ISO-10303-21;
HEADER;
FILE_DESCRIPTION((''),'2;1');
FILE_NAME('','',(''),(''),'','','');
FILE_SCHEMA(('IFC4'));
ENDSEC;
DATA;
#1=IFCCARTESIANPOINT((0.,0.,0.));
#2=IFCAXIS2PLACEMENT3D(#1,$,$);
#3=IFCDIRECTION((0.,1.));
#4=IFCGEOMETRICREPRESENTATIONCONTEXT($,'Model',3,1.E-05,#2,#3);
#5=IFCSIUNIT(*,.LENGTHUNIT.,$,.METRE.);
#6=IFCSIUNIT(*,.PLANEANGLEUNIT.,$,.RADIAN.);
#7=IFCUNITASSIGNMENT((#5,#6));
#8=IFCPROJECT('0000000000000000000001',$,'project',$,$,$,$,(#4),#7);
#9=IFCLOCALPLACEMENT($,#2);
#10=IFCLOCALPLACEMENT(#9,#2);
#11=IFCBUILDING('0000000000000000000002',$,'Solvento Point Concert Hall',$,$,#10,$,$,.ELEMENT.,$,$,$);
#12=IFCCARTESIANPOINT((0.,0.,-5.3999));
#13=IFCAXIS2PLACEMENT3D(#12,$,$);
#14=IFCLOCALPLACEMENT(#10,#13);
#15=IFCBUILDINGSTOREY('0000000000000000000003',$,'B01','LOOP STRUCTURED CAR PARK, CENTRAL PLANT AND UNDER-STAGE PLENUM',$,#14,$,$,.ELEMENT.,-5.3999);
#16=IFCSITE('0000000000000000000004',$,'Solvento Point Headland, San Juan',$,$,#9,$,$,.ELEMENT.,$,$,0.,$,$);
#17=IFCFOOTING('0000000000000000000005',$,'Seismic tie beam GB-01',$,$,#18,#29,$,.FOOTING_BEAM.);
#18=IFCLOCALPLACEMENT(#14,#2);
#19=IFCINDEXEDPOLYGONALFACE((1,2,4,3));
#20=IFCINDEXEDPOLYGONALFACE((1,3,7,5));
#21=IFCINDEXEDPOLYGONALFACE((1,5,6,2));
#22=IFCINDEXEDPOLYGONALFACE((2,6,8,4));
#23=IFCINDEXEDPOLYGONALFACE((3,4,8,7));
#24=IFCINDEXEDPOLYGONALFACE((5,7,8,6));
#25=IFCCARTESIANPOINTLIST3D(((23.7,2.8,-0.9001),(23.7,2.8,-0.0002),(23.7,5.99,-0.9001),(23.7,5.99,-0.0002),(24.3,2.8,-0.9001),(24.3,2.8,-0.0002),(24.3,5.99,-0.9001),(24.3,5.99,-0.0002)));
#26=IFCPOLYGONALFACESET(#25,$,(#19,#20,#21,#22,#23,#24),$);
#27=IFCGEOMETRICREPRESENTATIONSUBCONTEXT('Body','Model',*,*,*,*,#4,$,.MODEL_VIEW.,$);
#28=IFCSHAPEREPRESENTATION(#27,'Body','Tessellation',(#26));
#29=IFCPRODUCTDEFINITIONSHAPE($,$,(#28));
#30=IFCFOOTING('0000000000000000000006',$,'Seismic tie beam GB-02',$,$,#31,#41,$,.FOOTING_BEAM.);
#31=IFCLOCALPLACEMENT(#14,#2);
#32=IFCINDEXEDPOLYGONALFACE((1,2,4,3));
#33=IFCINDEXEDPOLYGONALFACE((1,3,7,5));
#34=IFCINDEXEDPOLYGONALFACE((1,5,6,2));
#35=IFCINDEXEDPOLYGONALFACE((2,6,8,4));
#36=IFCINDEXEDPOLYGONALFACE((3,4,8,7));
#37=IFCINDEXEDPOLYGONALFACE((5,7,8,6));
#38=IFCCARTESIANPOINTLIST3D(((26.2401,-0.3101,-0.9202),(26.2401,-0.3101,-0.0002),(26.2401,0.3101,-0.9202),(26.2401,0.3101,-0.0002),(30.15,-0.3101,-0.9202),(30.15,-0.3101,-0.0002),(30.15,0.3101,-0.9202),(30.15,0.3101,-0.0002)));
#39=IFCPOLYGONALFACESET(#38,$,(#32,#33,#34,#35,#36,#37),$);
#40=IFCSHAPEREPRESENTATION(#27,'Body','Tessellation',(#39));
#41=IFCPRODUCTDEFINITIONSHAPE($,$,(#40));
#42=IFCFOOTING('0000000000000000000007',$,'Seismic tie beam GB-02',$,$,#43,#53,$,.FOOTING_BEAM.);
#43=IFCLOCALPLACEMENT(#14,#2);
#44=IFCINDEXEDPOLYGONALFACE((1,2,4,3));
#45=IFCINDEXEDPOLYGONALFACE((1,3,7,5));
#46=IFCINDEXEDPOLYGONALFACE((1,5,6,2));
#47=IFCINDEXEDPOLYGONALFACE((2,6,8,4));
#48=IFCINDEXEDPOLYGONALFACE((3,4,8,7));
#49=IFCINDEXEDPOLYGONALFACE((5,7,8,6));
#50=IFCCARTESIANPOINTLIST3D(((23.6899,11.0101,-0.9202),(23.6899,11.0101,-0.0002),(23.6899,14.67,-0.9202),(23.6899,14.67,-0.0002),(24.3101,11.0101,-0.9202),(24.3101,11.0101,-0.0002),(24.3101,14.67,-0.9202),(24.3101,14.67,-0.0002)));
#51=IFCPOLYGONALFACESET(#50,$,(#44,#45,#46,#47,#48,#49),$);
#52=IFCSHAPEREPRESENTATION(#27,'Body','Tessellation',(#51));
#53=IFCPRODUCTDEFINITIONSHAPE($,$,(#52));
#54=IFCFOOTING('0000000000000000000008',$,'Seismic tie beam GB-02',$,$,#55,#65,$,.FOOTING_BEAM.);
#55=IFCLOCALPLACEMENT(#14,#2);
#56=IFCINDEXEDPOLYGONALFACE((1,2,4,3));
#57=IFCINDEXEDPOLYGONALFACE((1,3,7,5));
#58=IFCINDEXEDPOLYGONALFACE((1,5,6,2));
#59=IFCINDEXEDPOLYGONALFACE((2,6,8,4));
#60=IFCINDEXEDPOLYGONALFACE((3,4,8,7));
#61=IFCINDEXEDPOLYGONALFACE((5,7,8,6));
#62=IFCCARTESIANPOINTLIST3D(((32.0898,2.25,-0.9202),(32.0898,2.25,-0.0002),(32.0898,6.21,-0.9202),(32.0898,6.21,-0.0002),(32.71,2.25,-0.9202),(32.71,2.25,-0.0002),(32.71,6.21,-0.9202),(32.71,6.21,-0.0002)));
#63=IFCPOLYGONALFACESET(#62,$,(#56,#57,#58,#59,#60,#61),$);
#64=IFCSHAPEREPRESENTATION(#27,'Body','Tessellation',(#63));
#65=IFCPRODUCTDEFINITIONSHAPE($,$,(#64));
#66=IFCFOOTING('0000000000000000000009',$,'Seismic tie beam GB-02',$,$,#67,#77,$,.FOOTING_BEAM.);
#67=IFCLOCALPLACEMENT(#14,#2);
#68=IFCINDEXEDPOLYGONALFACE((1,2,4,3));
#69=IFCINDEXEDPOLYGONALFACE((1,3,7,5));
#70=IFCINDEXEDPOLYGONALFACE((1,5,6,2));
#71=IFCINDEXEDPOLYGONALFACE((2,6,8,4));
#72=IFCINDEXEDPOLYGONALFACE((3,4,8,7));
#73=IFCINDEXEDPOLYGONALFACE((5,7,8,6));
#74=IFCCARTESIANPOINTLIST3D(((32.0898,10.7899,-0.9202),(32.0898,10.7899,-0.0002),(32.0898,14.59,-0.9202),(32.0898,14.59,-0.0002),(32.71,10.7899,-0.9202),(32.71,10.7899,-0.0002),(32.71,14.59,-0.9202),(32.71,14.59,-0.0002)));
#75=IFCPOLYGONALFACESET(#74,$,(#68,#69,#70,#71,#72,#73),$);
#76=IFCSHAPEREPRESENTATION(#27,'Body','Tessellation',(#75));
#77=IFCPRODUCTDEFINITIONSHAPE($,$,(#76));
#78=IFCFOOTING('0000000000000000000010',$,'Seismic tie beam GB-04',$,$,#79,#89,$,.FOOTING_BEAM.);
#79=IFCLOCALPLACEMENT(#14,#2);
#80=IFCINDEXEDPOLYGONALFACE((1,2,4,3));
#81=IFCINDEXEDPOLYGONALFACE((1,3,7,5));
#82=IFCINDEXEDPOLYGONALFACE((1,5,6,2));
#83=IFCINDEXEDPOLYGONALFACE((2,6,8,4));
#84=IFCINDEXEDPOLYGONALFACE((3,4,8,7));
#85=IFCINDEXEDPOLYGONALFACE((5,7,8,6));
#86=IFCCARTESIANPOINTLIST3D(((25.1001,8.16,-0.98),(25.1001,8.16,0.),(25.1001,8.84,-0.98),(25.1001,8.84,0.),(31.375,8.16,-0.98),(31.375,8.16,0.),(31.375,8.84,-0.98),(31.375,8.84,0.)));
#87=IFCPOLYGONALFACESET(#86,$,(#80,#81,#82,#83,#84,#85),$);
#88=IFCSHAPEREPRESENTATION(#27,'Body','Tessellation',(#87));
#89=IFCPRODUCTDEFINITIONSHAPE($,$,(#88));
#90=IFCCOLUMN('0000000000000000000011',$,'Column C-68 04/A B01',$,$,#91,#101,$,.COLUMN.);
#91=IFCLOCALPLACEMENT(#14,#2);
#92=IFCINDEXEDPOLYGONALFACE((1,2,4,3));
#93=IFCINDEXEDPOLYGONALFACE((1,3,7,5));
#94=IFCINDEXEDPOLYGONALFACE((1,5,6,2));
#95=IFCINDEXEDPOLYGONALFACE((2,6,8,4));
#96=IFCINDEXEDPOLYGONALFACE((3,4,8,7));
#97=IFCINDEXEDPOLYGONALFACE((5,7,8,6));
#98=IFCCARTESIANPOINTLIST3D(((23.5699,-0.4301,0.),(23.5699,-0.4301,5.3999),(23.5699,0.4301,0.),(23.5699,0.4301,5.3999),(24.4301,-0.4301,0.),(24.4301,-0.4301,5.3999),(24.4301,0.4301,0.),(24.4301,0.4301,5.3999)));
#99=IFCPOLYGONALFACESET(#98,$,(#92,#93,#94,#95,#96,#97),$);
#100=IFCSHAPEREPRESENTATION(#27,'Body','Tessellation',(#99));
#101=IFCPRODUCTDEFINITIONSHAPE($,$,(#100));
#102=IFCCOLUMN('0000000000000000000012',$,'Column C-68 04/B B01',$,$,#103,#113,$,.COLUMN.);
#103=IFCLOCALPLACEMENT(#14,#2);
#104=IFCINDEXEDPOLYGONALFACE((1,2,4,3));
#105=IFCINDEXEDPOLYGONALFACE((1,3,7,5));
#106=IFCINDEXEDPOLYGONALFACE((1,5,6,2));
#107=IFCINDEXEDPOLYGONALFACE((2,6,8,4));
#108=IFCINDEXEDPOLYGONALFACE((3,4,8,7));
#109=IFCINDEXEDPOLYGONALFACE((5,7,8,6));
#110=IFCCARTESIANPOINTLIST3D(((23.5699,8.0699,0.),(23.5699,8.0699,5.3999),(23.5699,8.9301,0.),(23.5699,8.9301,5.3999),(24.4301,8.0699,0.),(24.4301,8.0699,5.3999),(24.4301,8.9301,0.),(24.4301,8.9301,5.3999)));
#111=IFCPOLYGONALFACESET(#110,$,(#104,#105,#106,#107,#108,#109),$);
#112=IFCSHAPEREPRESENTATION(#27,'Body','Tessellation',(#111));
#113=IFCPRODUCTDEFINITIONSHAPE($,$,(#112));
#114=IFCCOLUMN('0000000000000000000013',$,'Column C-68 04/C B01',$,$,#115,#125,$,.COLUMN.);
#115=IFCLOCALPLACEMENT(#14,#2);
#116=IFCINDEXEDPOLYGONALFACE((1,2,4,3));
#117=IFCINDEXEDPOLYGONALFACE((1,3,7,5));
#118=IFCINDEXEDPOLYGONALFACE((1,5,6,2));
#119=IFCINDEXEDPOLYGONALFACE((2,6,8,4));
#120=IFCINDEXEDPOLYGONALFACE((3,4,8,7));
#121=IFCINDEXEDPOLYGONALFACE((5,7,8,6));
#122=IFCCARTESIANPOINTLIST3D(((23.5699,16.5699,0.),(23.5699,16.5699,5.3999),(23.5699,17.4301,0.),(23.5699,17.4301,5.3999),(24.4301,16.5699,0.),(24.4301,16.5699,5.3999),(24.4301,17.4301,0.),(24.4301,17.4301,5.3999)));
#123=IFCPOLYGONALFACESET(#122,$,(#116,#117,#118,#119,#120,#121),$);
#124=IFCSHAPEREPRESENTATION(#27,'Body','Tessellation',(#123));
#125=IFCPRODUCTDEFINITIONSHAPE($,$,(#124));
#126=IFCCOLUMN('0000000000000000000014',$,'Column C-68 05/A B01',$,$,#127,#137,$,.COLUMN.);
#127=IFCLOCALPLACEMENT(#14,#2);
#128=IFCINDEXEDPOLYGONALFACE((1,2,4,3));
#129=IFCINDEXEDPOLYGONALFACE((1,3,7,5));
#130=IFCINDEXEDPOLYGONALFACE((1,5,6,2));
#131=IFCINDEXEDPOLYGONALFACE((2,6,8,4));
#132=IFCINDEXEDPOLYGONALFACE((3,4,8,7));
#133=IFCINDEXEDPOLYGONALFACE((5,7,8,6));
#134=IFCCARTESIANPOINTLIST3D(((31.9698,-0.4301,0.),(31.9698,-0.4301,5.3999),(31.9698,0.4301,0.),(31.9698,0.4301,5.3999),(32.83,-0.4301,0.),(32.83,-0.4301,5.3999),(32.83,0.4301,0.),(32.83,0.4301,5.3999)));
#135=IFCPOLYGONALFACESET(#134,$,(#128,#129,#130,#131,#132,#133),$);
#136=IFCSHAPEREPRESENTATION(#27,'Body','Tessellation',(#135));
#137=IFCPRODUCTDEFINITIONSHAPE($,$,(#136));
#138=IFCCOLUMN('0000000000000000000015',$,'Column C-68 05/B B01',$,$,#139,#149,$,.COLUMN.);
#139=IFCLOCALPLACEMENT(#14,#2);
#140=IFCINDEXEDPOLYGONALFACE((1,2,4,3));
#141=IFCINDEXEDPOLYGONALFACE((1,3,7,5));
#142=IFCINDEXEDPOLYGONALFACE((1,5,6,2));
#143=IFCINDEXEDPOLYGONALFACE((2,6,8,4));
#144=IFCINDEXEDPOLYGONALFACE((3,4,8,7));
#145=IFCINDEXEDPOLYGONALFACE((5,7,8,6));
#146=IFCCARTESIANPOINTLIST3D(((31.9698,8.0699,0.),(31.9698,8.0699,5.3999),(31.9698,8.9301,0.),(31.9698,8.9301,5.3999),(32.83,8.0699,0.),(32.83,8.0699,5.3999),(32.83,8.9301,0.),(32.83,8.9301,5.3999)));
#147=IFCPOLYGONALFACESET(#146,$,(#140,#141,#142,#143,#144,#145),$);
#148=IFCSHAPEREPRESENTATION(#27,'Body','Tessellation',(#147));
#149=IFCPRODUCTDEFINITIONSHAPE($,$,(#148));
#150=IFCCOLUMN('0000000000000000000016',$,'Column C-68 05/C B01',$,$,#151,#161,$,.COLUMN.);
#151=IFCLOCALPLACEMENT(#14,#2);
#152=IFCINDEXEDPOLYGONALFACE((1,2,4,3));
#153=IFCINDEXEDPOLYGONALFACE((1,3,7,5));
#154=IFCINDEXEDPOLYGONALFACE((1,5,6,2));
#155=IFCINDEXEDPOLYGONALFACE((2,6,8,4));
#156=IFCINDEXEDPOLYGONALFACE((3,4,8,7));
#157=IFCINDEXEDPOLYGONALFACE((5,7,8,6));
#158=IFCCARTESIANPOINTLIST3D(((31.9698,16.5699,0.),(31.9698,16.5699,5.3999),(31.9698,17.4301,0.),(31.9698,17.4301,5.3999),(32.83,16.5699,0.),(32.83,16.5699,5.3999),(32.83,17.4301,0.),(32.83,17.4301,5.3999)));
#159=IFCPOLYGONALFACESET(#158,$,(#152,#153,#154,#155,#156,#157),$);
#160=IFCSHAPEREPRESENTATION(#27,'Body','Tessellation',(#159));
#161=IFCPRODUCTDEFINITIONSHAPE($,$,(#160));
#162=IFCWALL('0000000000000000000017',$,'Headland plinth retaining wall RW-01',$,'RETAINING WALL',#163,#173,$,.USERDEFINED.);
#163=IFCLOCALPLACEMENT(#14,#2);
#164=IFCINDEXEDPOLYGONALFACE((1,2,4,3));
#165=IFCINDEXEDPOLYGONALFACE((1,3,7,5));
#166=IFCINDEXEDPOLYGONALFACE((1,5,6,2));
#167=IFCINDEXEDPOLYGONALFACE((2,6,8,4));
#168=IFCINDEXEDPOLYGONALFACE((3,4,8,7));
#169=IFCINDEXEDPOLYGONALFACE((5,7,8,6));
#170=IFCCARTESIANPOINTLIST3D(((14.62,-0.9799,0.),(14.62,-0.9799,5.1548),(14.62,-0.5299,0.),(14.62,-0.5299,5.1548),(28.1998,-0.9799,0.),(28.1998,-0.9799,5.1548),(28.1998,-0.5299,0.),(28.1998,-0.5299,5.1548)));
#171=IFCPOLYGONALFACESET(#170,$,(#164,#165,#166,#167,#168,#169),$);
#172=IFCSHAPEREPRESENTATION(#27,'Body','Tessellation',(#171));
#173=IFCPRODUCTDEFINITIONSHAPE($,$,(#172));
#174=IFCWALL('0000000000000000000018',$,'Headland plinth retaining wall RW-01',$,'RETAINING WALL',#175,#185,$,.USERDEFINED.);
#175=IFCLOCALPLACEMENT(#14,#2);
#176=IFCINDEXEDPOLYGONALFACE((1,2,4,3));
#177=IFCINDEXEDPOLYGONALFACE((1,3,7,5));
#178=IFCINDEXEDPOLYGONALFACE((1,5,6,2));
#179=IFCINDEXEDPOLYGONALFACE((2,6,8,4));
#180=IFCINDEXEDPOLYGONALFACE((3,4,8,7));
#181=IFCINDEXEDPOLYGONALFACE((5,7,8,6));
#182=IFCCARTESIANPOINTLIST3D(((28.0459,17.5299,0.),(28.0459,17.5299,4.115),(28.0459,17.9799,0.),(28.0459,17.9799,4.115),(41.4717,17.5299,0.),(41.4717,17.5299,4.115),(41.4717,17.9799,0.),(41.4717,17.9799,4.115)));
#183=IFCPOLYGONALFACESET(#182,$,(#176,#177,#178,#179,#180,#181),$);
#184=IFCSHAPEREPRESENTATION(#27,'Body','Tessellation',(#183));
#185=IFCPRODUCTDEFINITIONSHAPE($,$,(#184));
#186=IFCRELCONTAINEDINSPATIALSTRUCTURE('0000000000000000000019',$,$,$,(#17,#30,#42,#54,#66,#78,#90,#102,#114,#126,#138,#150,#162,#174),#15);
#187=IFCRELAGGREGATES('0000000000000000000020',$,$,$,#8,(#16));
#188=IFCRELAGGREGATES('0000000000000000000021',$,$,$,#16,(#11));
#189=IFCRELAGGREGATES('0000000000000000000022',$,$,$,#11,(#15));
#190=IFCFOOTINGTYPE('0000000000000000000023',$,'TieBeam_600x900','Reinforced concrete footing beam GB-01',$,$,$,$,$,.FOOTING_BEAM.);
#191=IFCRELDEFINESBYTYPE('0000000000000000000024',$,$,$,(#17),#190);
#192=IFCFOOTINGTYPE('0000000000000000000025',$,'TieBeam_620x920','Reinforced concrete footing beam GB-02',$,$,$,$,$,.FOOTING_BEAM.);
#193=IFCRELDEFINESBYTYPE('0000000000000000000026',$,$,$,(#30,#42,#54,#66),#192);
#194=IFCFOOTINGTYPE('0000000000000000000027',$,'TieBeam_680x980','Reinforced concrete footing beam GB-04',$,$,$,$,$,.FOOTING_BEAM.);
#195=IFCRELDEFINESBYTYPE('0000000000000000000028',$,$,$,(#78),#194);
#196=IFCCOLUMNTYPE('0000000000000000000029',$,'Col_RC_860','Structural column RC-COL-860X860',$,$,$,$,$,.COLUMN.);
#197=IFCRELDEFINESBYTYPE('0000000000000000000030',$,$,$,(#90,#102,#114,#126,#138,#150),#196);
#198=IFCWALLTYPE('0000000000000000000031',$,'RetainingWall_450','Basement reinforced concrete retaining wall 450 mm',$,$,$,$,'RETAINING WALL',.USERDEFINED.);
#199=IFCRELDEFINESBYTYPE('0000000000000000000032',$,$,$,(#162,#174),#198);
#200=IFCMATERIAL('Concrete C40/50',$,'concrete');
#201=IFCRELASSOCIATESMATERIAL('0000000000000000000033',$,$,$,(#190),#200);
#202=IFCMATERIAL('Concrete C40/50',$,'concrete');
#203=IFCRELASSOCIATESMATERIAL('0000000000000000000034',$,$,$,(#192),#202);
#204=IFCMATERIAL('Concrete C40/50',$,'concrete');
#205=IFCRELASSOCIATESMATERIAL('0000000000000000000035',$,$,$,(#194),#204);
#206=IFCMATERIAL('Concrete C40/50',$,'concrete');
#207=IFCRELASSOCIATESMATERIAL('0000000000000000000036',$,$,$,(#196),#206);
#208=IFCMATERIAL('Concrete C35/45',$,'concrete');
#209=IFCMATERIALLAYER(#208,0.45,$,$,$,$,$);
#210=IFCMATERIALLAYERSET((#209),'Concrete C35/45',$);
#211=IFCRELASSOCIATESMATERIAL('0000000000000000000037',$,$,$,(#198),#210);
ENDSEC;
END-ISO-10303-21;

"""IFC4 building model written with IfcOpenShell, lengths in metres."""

from ifc_helpers import new_model, si_unit, direction, frame, frame_2d, origin, origin_2d, place, context, subcontext, project, spatial, rectangle, extrude, material, layer, layer_set, material_profile, profile_set, type_object, element, save


model = new_model("IFC4")

# Units and contexts
model_context = context("Model", 3, precision=1e-05, world=origin(), true_north=direction((0.0, 1.0)))
body_context = subcontext(model_context, "Body", "Model", "MODEL_VIEW")
ifc_project = project(units=[si_unit("LENGTHUNIT", "METRE"), si_unit("PLANEANGLEUNIT", "RADIAN")], contexts=[model_context])

# Site, building, storey
site_placement = place(None, origin())
site = spatial("IfcSite", under=ifc_project, at=site_placement, Name="Solvento Point Headland, San Juan", CompositionType="ELEMENT", RefElevation=0.0)
building_placement = place(site_placement, origin())
building = spatial("IfcBuilding", under=site, at=building_placement, Name="Solvento Point Concert Hall", CompositionType="ELEMENT")
storey_placement = place(building_placement, frame((0.0, 0.0, -5.3999)))
storey = spatial("IfcBuildingStorey", under=building, at=storey_placement, Name="B01", Description="LOOP STRUCTURED CAR PARK, CENTRAL PLANT AND UNDER-STAGE PLENUM", CompositionType="ELEMENT", Elevation=-5.3999)

# Footings
ifc_material_1 = material(Name="Concrete C40/50", Category="concrete")
footing_type_1 = type_object("IfcFootingType", Name="TieBeam_600x900", Description="Reinforced concrete footing beam GB-01", PredefinedType="FOOTING_BEAM", material=ifc_material_1)
footing_1_placement = place(storey_placement, frame((24.0, 4.395, -0.9001), z_axis=(0.0, 0.0, 1.0), x_axis=(0.0, 1.0, 0.0)))
element("IfcFooting", 1, at=footing_1_placement, inside=storey, type_object=footing_type_1, Name="Seismic tie beam GB-01", PredefinedType="FOOTING_BEAM", context=body_context, shape_type="SweptSolid", body=[
    extrude(rectangle(XDim=3.1899, YDim=0.6001, at=origin_2d()), origin(), (0.0, 0.0, 1.0), 0.8999),
])
ifc_material_2 = material(Name="Concrete C40/50", Category="concrete")
footing_type_2 = type_object("IfcFootingType", Name="TieBeam_620x920", Description="Reinforced concrete footing beam GB-02", PredefinedType="FOOTING_BEAM", material=ifc_material_2)
footing_2_placement = place(storey_placement, frame((28.1951, 0.0, -0.9202), z_axis=(0.0, 0.0, 1.0), x_axis=(1.0, 0.0, 0.0)))
element("IfcFooting", 2, at=footing_2_placement, inside=storey, type_object=footing_type_2, Name="Seismic tie beam GB-02", PredefinedType="FOOTING_BEAM", context=body_context, shape_type="SweptSolid", body=[
    extrude(rectangle(XDim=3.9099, YDim=0.6201, at=origin_2d()), origin(), (0.0, 0.0, 1.0), 0.9199),
])
footing_3_placement = place(storey_placement, frame((24.0, 12.8401, -0.9202), z_axis=(0.0, 0.0, 1.0), x_axis=(0.0, 1.0, 0.0)))
element("IfcFooting", 3, at=footing_3_placement, inside=storey, type_object=footing_type_2, Name="Seismic tie beam GB-02", PredefinedType="FOOTING_BEAM", context=body_context, shape_type="SweptSolid", body=[
    extrude(rectangle(XDim=3.6599, YDim=0.6201, at=origin_2d()), origin(), (0.0, 0.0, 1.0), 0.9199),
])
footing_4_placement = place(storey_placement, frame((32.3999, 4.23, -0.9202), z_axis=(0.0, 0.0, 1.0), x_axis=(0.0, 1.0, 0.0)))
element("IfcFooting", 4, at=footing_4_placement, inside=storey, type_object=footing_type_2, Name="Seismic tie beam GB-02", PredefinedType="FOOTING_BEAM", context=body_context, shape_type="SweptSolid", body=[
    extrude(rectangle(XDim=3.96, YDim=0.6201, at=origin_2d()), origin(), (0.0, 0.0, 1.0), 0.9199),
])
footing_5_placement = place(storey_placement, frame((32.3999, 12.6899, -0.9202), z_axis=(0.0, 0.0, 1.0), x_axis=(0.0, 1.0, 0.0)))
element("IfcFooting", 5, at=footing_5_placement, inside=storey, type_object=footing_type_2, Name="Seismic tie beam GB-02", PredefinedType="FOOTING_BEAM", context=body_context, shape_type="SweptSolid", body=[
    extrude(rectangle(XDim=3.8, YDim=0.6201, at=origin_2d()), origin(), (0.0, 0.0, 1.0), 0.9199),
])
ifc_material_3 = material(Name="Concrete C40/50", Category="concrete")
footing_type_3 = type_object("IfcFootingType", Name="TieBeam_680x980", Description="Reinforced concrete footing beam GB-04", PredefinedType="FOOTING_BEAM", material=ifc_material_3)
footing_6_placement = place(storey_placement, frame((28.2375, 8.5, -0.98), z_axis=(0.0, 0.0, 1.0), x_axis=(1.0, 0.0, 0.0)))
element("IfcFooting", 6, at=footing_6_placement, inside=storey, type_object=footing_type_3, Name="Seismic tie beam GB-04", PredefinedType="FOOTING_BEAM", context=body_context, shape_type="SweptSolid", body=[
    extrude(rectangle(XDim=6.2749, YDim=0.6799, at=origin_2d()), origin(), (0.0, 0.0, 1.0), 0.98),
])

# Columns
ifc_material_4 = material(Name="Concrete C40/50", Category="concrete")
ifc_material_profile_1 = material_profile(ifc_material_4, rectangle(XDim=0.8601, YDim=0.8601, at=origin_2d()), Name="RC-COL-860X860")
ifc_profile_set_1 = profile_set([ifc_material_profile_1], Name="Concrete C40/50")
column_type = type_object("IfcColumnType", Name="Col_RC_860", Description="Structural column RC-COL-860X860", PredefinedType="COLUMN", material=ifc_profile_set_1)
for number, where, z_axis, x_axis, name in (
    (7, (24.0, 0.0, 0.0), (0.0, 0.0, 1.0), (1.0, 0.0, 0.0), "Column C-68 04/A B01"),
    (8, (24.0, 8.5, 0.0), (0.0, 0.0, 1.0), (1.0, 0.0, 0.0), "Column C-68 04/B B01"),
    (9, (24.0, 17.0, 0.0), (0.0, 0.0, 1.0), (1.0, 0.0, 0.0), "Column C-68 04/C B01"),
    (10, (32.3999, 0.0, 0.0), (0.0, 0.0, 1.0), (1.0, 0.0, 0.0), "Column C-68 05/A B01"),
    (11, (32.3999, 8.5, 0.0), (0.0, 0.0, 1.0), (1.0, 0.0, 0.0), "Column C-68 05/B B01"),
    (12, (32.3999, 17.0, 0.0), (0.0, 0.0, 1.0), (1.0, 0.0, 0.0), "Column C-68 05/C B01"),
):
    element("IfcColumn", number, at=place(storey_placement, frame(where, z_axis=z_axis, x_axis=x_axis)), inside=storey, type_object=column_type, Name=name, PredefinedType="COLUMN", context=body_context, shape_type="SweptSolid", body=[
        extrude(rectangle(XDim=0.8601, YDim=0.8601, at=origin_2d()), origin(), (0.0, 0.0, 1.0), 5.3999),
    ])

# Walls
ifc_material_5 = material(Name="Concrete C35/45", Category="concrete")
ifc_layer = layer(ifc_material_5, 0.45)
ifc_layer_set = layer_set([ifc_layer], Name="Concrete C35/45")
wall_type = type_object("IfcWallType", Name="RetainingWall_450", Description="Basement reinforced concrete retaining wall 450 mm", ElementType="RETAINING WALL", PredefinedType="USERDEFINED", material=ifc_layer_set)
wall_1_placement = place(storey_placement, frame((28.2, -0.7549, 0.0), z_axis=(0.0, 0.0, 1.0), x_axis=(-1.0, 0.0, 0.0)))
element("IfcWall", 13, at=wall_1_placement, inside=storey, type_object=wall_type, Name="Headland plinth retaining wall RW-01", ObjectType="RETAINING WALL", PredefinedType="USERDEFINED", context=body_context, shape_type="SweptSolid", body=[
    extrude(rectangle(XDim=13.5798, YDim=0.45, at=frame_2d((6.79, 0.0))), origin(), (0.0, 0.0, 1.0), 5.1548),
])
wall_2_placement = place(storey_placement, frame((28.0459, 17.7549, 0.0), z_axis=(0.0, 0.0, 1.0), x_axis=(1.0, 0.0, 0.0)))
element("IfcWall", 14, at=wall_2_placement, inside=storey, type_object=wall_type, Name="Headland plinth retaining wall RW-01", ObjectType="RETAINING WALL", PredefinedType="USERDEFINED", context=body_context, shape_type="SweptSolid", body=[
    extrude(rectangle(XDim=13.4258, YDim=0.45, at=frame_2d((6.7129, 0.0))), origin(), (0.0, 0.0, 1.0), 4.115),
])

save(model, "model.ifc")
